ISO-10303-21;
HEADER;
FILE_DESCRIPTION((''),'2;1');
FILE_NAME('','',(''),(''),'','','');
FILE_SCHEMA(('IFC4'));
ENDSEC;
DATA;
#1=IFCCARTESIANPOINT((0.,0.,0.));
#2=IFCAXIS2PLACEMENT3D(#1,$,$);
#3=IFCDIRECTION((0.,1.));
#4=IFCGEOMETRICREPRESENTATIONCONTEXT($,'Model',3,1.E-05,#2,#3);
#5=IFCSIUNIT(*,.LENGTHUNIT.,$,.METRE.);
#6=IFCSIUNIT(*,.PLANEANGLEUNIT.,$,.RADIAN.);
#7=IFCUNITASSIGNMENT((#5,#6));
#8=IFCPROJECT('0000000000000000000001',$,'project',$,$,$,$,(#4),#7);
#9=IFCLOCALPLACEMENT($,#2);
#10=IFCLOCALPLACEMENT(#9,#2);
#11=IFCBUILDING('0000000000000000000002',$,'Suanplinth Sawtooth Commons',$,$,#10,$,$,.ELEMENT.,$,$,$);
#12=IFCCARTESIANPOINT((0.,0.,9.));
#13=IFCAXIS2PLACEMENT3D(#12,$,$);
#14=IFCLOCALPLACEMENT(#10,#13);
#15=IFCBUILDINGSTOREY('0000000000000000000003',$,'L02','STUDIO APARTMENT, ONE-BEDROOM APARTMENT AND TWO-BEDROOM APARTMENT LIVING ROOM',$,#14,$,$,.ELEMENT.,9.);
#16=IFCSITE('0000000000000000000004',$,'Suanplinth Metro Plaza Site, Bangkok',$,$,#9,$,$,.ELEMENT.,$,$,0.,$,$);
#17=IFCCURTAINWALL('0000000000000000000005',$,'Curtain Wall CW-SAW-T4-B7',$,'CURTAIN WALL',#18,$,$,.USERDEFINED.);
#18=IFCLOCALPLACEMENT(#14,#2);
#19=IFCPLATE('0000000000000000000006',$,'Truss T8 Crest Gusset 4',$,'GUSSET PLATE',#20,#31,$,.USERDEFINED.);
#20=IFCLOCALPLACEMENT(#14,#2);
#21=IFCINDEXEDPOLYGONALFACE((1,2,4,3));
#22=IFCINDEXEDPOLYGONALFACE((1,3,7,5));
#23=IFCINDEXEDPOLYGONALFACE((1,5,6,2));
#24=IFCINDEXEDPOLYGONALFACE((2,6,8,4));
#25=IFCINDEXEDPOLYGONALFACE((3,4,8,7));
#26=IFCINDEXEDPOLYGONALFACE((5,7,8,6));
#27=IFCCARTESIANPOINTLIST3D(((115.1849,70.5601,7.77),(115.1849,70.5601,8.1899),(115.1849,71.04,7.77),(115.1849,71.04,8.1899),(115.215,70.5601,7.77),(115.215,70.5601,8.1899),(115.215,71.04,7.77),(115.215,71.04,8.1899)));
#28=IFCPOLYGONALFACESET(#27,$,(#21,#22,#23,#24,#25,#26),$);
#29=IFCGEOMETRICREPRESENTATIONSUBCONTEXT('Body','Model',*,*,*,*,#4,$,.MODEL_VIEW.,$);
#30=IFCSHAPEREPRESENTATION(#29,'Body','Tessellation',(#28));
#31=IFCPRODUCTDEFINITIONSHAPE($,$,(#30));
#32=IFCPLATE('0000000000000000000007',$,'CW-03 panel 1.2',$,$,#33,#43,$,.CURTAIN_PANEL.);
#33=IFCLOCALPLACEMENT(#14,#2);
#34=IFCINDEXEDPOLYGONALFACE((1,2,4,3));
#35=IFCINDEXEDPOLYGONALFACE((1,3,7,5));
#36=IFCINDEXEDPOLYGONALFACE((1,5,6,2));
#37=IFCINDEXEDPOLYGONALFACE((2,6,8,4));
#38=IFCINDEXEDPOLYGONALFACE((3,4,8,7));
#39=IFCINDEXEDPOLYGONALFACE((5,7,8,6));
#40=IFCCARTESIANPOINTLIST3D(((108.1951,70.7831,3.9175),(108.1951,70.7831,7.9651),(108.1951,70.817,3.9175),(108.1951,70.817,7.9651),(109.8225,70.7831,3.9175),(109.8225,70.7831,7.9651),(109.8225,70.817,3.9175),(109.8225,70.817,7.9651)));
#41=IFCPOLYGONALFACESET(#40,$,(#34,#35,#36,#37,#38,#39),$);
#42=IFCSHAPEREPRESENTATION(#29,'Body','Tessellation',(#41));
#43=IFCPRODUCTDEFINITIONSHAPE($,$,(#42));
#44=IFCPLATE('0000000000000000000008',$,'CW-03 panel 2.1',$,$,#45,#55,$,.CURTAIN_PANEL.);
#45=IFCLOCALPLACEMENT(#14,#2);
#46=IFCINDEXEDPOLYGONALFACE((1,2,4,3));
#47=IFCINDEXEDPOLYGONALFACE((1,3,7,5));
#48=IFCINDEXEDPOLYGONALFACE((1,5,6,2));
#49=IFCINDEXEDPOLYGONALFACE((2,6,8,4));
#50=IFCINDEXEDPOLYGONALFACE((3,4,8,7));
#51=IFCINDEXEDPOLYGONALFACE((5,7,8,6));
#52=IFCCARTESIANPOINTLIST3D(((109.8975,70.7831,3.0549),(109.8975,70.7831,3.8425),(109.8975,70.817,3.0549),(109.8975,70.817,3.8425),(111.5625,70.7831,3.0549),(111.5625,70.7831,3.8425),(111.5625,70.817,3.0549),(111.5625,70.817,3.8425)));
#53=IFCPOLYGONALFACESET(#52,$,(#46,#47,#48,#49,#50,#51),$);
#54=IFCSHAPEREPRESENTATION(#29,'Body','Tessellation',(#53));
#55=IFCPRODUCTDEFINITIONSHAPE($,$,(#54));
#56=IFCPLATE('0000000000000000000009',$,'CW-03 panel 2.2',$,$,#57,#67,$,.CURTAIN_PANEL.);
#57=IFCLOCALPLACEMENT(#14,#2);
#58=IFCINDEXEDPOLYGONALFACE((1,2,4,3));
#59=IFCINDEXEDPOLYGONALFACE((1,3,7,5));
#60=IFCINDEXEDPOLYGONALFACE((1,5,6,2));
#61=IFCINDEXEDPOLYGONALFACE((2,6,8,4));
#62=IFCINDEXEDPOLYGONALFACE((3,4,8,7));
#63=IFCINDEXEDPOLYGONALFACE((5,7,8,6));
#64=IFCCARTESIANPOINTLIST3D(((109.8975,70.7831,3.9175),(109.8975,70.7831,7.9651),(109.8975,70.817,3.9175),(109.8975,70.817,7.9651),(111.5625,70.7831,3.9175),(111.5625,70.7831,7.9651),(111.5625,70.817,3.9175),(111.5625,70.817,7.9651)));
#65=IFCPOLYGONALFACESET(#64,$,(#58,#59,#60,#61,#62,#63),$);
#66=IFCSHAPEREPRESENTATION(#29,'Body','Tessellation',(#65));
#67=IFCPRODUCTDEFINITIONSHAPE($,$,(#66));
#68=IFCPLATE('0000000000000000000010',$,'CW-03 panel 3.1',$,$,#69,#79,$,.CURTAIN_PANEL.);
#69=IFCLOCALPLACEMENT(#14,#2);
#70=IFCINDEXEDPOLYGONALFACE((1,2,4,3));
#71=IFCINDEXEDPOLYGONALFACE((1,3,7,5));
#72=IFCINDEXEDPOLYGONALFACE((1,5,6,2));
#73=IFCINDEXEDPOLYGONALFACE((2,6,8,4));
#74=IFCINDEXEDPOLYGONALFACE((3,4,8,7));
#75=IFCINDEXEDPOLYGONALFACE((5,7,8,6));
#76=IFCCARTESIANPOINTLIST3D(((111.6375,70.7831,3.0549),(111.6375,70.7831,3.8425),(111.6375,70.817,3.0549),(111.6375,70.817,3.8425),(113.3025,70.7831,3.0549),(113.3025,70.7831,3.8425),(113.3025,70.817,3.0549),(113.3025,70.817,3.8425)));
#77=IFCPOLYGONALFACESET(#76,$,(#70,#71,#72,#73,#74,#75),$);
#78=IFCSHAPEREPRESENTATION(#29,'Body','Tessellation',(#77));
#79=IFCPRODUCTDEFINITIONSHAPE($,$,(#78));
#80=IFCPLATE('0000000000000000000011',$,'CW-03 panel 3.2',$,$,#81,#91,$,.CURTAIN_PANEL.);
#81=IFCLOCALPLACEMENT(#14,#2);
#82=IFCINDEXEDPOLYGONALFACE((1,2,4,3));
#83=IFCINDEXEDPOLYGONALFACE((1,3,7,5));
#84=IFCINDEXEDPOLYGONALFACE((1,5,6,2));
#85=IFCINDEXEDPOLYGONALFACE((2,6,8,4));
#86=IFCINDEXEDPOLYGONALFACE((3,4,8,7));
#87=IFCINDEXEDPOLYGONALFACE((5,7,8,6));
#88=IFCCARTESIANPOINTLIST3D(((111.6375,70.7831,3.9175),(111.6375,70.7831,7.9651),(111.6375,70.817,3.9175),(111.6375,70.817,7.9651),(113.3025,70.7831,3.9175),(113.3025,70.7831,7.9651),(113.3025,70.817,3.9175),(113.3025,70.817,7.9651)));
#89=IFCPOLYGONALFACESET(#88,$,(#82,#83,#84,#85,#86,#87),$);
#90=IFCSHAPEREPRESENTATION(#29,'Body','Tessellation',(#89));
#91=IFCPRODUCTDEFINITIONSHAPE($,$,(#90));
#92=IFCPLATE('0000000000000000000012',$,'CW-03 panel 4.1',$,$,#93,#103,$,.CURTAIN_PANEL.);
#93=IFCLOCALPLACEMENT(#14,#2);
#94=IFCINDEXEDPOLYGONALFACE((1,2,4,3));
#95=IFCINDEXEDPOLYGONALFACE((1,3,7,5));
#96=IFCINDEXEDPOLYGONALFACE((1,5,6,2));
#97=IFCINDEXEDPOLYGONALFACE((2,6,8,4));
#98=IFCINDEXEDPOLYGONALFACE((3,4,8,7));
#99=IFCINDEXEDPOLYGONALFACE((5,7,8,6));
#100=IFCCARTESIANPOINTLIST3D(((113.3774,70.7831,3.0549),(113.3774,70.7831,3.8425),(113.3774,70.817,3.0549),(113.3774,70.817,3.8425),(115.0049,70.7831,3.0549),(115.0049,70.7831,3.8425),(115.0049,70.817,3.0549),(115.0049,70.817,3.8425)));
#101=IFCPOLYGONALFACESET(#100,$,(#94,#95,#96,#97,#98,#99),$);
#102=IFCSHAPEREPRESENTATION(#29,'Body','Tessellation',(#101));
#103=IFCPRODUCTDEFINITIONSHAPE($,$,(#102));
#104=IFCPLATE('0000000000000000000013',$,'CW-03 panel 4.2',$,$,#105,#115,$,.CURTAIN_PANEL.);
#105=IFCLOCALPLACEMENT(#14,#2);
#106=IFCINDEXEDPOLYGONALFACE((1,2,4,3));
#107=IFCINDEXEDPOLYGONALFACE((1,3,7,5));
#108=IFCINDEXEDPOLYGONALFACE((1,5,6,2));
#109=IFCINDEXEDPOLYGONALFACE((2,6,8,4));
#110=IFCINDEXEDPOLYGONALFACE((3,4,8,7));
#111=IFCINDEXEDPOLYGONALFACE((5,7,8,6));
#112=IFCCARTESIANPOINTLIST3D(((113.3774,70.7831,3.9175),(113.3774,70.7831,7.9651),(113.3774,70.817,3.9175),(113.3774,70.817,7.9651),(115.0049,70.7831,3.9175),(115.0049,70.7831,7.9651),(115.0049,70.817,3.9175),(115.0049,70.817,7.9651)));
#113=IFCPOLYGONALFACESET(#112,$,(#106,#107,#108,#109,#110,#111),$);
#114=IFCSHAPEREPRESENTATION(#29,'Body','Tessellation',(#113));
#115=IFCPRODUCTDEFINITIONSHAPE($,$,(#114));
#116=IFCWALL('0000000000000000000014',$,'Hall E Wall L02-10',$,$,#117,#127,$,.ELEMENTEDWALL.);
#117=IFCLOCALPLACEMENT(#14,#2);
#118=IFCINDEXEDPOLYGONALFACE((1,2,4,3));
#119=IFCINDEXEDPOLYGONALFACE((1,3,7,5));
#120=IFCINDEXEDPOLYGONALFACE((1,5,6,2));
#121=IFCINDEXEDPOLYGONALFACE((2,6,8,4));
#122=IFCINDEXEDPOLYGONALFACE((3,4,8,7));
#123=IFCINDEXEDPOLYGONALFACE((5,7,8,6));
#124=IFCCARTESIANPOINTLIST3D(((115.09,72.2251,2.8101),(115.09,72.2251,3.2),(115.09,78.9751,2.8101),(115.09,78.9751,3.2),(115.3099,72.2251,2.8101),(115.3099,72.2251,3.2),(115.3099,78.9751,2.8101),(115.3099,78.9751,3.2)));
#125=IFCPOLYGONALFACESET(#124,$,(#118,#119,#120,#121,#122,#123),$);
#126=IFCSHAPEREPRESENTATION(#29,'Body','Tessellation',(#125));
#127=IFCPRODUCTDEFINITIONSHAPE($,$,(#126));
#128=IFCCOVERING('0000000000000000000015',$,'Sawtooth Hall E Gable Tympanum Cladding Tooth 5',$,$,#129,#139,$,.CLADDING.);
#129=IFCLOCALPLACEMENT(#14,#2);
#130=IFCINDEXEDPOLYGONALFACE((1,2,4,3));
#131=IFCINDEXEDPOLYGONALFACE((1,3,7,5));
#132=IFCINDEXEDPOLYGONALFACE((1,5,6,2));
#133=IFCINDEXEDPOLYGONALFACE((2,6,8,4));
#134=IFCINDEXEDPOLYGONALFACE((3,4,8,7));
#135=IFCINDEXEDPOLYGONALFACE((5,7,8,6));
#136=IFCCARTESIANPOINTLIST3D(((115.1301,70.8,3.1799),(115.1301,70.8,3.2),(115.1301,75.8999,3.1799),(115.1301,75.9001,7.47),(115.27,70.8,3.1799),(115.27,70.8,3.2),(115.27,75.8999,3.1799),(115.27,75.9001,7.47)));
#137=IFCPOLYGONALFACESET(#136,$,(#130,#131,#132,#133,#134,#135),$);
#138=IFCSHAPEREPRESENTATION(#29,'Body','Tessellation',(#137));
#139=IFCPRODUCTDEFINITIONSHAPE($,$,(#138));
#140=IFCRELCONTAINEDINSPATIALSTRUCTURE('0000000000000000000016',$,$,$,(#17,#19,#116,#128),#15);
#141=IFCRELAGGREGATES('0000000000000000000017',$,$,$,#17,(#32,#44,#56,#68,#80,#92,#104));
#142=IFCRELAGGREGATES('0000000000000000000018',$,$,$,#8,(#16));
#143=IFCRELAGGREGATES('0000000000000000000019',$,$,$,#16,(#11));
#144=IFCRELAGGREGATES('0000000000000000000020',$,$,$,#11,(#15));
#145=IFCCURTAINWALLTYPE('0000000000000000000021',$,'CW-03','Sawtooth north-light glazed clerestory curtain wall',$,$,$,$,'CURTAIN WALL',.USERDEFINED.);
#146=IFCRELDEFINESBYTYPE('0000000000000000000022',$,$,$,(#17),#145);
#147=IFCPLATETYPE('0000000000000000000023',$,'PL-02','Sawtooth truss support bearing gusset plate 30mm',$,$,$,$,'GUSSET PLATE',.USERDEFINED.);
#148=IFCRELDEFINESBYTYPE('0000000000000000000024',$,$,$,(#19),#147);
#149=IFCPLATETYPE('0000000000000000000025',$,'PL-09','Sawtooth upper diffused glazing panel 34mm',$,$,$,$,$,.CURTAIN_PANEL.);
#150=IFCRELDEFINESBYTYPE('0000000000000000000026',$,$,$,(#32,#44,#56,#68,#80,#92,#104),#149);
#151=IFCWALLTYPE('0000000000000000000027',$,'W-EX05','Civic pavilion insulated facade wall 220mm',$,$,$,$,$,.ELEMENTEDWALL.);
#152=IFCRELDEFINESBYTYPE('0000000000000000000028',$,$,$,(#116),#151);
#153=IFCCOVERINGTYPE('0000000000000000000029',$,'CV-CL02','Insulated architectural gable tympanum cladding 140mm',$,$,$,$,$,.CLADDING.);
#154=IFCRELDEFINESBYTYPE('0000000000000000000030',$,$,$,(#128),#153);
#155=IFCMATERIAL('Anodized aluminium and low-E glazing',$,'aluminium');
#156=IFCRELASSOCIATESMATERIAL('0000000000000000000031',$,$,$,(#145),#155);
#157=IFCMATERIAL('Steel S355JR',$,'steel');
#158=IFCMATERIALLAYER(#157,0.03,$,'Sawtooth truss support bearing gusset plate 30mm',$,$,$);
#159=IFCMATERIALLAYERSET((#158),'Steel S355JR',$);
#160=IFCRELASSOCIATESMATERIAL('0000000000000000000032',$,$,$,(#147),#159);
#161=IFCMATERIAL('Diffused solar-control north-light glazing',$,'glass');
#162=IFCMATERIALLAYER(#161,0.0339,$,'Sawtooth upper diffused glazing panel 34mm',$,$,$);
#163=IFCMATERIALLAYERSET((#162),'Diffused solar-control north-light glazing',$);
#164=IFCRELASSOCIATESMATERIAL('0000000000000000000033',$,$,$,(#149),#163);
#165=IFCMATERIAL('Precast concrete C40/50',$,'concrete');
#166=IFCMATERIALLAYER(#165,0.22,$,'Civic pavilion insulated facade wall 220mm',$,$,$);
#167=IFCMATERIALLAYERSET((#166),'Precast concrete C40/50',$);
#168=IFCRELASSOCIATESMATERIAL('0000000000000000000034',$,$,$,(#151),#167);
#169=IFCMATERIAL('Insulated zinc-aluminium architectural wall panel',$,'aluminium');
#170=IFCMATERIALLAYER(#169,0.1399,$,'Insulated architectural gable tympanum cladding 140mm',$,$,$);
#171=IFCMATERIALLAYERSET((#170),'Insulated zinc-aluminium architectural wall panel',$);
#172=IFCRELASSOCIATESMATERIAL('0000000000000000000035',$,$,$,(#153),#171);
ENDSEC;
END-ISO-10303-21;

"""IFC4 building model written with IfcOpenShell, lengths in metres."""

from ifc_helpers import new_model, si_unit, direction, frame, frame_2d, origin, origin_2d, place, context, subcontext, project, spatial, polyline, rectangle, outline, extrude, material, layer, layer_set, type_object, element, aggregate, save


model = new_model("IFC4")

# Units and contexts
model_context = context("Model", 3, precision=1e-05, world=origin(), true_north=direction((0.0, 1.0)))
body_context = subcontext(model_context, "Body", "Model", "MODEL_VIEW")
ifc_project = project(units=[si_unit("LENGTHUNIT", "METRE"), si_unit("PLANEANGLEUNIT", "RADIAN")], contexts=[model_context])

# Site, building, storey
site_placement = place(None, origin())
site = spatial("IfcSite", under=ifc_project, at=site_placement, Name="Suanplinth Metro Plaza Site, Bangkok", CompositionType="ELEMENT", RefElevation=0.0)
building_placement = place(site_placement, origin())
building = spatial("IfcBuilding", under=site, at=building_placement, Name="Suanplinth Sawtooth Commons", CompositionType="ELEMENT")
storey_placement = place(building_placement, frame((0.0, 0.0, 9.0)))
storey = spatial("IfcBuildingStorey", under=building, at=storey_placement, Name="L02", Description="STUDIO APARTMENT, ONE-BEDROOM APARTMENT AND TWO-BEDROOM APARTMENT LIVING ROOM", CompositionType="ELEMENT", Elevation=9.0)

# Shared definitions
ifc_material_1 = material(Name="Steel S355JR", Category="steel")

# Curtain wall
ifc_material_2 = material(Name="Anodized aluminium and low-E glazing", Category="aluminium")
curtain_wall_type = type_object("IfcCurtainWallType", Name="CW-03", Description="Sawtooth north-light glazed clerestory curtain wall", ElementType="CURTAIN WALL", PredefinedType="USERDEFINED", material=ifc_material_2)
curtain_wall_placement = place(storey_placement, origin())
curtain_wall = element("IfcCurtainWall", 1, at=curtain_wall_placement, inside=storey, type_object=curtain_wall_type, Name="Curtain Wall CW-SAW-T4-B7", ObjectType="CURTAIN WALL", PredefinedType="USERDEFINED")

# Plate
ifc_layer_1 = layer(ifc_material_1, 0.03, Name="Sawtooth truss support bearing gusset plate 30mm")
ifc_layer_set_1 = layer_set([ifc_layer_1], Name="Steel S355JR")
plate_type_1 = type_object("IfcPlateType", Name="PL-02", Description="Sawtooth truss support bearing gusset plate 30mm", ElementType="GUSSET PLATE", PredefinedType="USERDEFINED", material=ifc_layer_set_1)
plate_1_placement = place(storey_placement, frame((115.2, 70.8, 7.77), z_axis=(0.0, 0.0, 1.0), x_axis=(1.0, 0.0, 0.0)))
element("IfcPlate", 2, at=plate_1_placement, inside=storey, type_object=plate_type_1, Name="Truss T8 Crest Gusset 4", ObjectType="GUSSET PLATE", PredefinedType="USERDEFINED", context=body_context, shape_type="SweptSolid", body=[
    extrude(rectangle(XDim=0.03, YDim=0.48, at=origin_2d()), origin(), (0.0, 0.0, 1.0), 0.4199),
])

# Plates
ifc_material_3 = material(Name="Diffused solar-control north-light glazing", Category="glass")
ifc_layer_2 = layer(ifc_material_3, 0.0339, Name="Sawtooth upper diffused glazing panel 34mm")
ifc_layer_set_2 = layer_set([ifc_layer_2], Name="Diffused solar-control north-light glazing")
plate_type_2 = type_object("IfcPlateType", Name="PL-09", Description="Sawtooth upper diffused glazing panel 34mm", PredefinedType="CURTAIN_PANEL", material=ifc_layer_set_2)
plate_2_placement = place(storey_placement, frame((109.0088, 70.8, 3.9175), z_axis=(0.0, 0.0, 1.0), x_axis=(1.0, 0.0, 0.0)))
plate_2 = element("IfcPlate", 3, at=plate_2_placement, type_object=plate_type_2, Name="CW-03 panel 1.2", PredefinedType="CURTAIN_PANEL", context=body_context, shape_type="SweptSolid", body=[
    extrude(rectangle(XDim=1.6274, YDim=0.0339, at=origin_2d()), origin(), (0.0, 0.0, 1.0), 4.0476),
])
plate_3_placement = place(storey_placement, frame((110.73, 70.8, 3.0549), z_axis=(0.0, 0.0, 1.0), x_axis=(1.0, 0.0, 0.0)))
plate_3 = element("IfcPlate", 4, at=plate_3_placement, type_object=plate_type_2, Name="CW-03 panel 2.1", PredefinedType="CURTAIN_PANEL", context=body_context, shape_type="SweptSolid", body=[
    extrude(rectangle(XDim=1.665, YDim=0.0339, at=origin_2d()), origin(), (0.0, 0.0, 1.0), 0.7876),
])
plate_4_placement = place(storey_placement, frame((110.73, 70.8, 3.9175), z_axis=(0.0, 0.0, 1.0), x_axis=(1.0, 0.0, 0.0)))
plate_4 = element("IfcPlate", 5, at=plate_4_placement, type_object=plate_type_2, Name="CW-03 panel 2.2", PredefinedType="CURTAIN_PANEL", context=body_context, shape_type="SweptSolid", body=[
    extrude(rectangle(XDim=1.665, YDim=0.0339, at=origin_2d()), origin(), (0.0, 0.0, 1.0), 4.0476),
])
plate_5_placement = place(storey_placement, frame((112.47, 70.8, 3.0549), z_axis=(0.0, 0.0, 1.0), x_axis=(1.0, 0.0, 0.0)))
plate_5 = element("IfcPlate", 6, at=plate_5_placement, type_object=plate_type_2, Name="CW-03 panel 3.1", PredefinedType="CURTAIN_PANEL", context=body_context, shape_type="SweptSolid", body=[
    extrude(rectangle(XDim=1.665, YDim=0.0339, at=origin_2d()), origin(), (0.0, 0.0, 1.0), 0.7876),
])
plate_6_placement = place(storey_placement, frame((112.47, 70.8, 3.9175), z_axis=(0.0, 0.0, 1.0), x_axis=(1.0, 0.0, 0.0)))
plate_6 = element("IfcPlate", 7, at=plate_6_placement, type_object=plate_type_2, Name="CW-03 panel 3.2", PredefinedType="CURTAIN_PANEL", context=body_context, shape_type="SweptSolid", body=[
    extrude(rectangle(XDim=1.665, YDim=0.0339, at=origin_2d()), origin(), (0.0, 0.0, 1.0), 4.0476),
])
plate_7_placement = place(storey_placement, frame((114.1912, 70.8, 3.0549), z_axis=(0.0, 0.0, 1.0), x_axis=(1.0, 0.0, 0.0)))
plate_7 = element("IfcPlate", 8, at=plate_7_placement, type_object=plate_type_2, Name="CW-03 panel 4.1", PredefinedType="CURTAIN_PANEL", context=body_context, shape_type="SweptSolid", body=[
    extrude(rectangle(XDim=1.6274, YDim=0.0339, at=origin_2d()), origin(), (0.0, 0.0, 1.0), 0.7876),
])
plate_8_placement = place(storey_placement, frame((114.1912, 70.8, 3.9175), z_axis=(0.0, 0.0, 1.0), x_axis=(1.0, 0.0, 0.0)))
plate_8 = element("IfcPlate", 9, at=plate_8_placement, type_object=plate_type_2, Name="CW-03 panel 4.2", PredefinedType="CURTAIN_PANEL", context=body_context, shape_type="SweptSolid", body=[
    extrude(rectangle(XDim=1.6274, YDim=0.0339, at=origin_2d()), origin(), (0.0, 0.0, 1.0), 4.0476),
])
aggregate(curtain_wall, [plate_2, plate_3, plate_4, plate_5, plate_6, plate_7, plate_8])

# Wall
ifc_material_4 = material(Name="Precast concrete C40/50", Category="concrete")
ifc_layer_3 = layer(ifc_material_4, 0.22, Name="Civic pavilion insulated facade wall 220mm")
ifc_layer_set_3 = layer_set([ifc_layer_3], Name="Precast concrete C40/50")
wall_type = type_object("IfcWallType", Name="W-EX05", Description="Civic pavilion insulated facade wall 220mm", PredefinedType="ELEMENTEDWALL", material=ifc_layer_set_3)
wall_placement = place(storey_placement, frame((115.2, 72.2251, 2.8101), z_axis=(0.0, 0.0, 1.0), x_axis=(0.0, 1.0, 0.0)))
element("IfcWall", 10, at=wall_placement, inside=storey, type_object=wall_type, Name="Hall E Wall L02-10", PredefinedType="ELEMENTEDWALL", context=body_context, shape_type="SweptSolid", body=[
    extrude(rectangle(XDim=6.75, YDim=0.22, at=frame_2d((3.375, 0.0))), origin(), (0.0, 0.0, 1.0), 0.3899),
])

# Covering
ifc_material_5 = material(Name="Insulated zinc-aluminium architectural wall panel", Category="aluminium")
ifc_layer_4 = layer(ifc_material_5, 0.1399, Name="Insulated architectural gable tympanum cladding 140mm")
ifc_layer_set_4 = layer_set([ifc_layer_4], Name="Insulated zinc-aluminium architectural wall panel")
covering_type = type_object("IfcCoveringType", Name="CV-CL02", Description="Insulated architectural gable tympanum cladding 140mm", PredefinedType="CLADDING", material=ifc_layer_set_4)
covering_placement = place(storey_placement, frame((115.2, 70.8, 3.1799), z_axis=(0.0, 0.0, 1.0), x_axis=(0.0, 1.0, 0.0)))
element("IfcCovering", 11, at=covering_placement, inside=storey, type_object=covering_type, Name="Sawtooth Hall E Gable Tympanum Cladding Tooth 5", PredefinedType="CLADDING", context=body_context, shape_type="SweptSolid", body=[
    extrude(outline(polyline([(0.0, 0.0), (5.0999, 0.0), (5.1001, 4.29), (0.0, 0.02), (0.0, 0.0)])), frame((0.0, 0.0698, 0.0), z_axis=(0.0, -1.0, 0.0), x_axis=(1.0, 0.0, 0.0)), (0.0, 0.0, 1.0), 0.1399),
])

save(model, "model.ifc")
